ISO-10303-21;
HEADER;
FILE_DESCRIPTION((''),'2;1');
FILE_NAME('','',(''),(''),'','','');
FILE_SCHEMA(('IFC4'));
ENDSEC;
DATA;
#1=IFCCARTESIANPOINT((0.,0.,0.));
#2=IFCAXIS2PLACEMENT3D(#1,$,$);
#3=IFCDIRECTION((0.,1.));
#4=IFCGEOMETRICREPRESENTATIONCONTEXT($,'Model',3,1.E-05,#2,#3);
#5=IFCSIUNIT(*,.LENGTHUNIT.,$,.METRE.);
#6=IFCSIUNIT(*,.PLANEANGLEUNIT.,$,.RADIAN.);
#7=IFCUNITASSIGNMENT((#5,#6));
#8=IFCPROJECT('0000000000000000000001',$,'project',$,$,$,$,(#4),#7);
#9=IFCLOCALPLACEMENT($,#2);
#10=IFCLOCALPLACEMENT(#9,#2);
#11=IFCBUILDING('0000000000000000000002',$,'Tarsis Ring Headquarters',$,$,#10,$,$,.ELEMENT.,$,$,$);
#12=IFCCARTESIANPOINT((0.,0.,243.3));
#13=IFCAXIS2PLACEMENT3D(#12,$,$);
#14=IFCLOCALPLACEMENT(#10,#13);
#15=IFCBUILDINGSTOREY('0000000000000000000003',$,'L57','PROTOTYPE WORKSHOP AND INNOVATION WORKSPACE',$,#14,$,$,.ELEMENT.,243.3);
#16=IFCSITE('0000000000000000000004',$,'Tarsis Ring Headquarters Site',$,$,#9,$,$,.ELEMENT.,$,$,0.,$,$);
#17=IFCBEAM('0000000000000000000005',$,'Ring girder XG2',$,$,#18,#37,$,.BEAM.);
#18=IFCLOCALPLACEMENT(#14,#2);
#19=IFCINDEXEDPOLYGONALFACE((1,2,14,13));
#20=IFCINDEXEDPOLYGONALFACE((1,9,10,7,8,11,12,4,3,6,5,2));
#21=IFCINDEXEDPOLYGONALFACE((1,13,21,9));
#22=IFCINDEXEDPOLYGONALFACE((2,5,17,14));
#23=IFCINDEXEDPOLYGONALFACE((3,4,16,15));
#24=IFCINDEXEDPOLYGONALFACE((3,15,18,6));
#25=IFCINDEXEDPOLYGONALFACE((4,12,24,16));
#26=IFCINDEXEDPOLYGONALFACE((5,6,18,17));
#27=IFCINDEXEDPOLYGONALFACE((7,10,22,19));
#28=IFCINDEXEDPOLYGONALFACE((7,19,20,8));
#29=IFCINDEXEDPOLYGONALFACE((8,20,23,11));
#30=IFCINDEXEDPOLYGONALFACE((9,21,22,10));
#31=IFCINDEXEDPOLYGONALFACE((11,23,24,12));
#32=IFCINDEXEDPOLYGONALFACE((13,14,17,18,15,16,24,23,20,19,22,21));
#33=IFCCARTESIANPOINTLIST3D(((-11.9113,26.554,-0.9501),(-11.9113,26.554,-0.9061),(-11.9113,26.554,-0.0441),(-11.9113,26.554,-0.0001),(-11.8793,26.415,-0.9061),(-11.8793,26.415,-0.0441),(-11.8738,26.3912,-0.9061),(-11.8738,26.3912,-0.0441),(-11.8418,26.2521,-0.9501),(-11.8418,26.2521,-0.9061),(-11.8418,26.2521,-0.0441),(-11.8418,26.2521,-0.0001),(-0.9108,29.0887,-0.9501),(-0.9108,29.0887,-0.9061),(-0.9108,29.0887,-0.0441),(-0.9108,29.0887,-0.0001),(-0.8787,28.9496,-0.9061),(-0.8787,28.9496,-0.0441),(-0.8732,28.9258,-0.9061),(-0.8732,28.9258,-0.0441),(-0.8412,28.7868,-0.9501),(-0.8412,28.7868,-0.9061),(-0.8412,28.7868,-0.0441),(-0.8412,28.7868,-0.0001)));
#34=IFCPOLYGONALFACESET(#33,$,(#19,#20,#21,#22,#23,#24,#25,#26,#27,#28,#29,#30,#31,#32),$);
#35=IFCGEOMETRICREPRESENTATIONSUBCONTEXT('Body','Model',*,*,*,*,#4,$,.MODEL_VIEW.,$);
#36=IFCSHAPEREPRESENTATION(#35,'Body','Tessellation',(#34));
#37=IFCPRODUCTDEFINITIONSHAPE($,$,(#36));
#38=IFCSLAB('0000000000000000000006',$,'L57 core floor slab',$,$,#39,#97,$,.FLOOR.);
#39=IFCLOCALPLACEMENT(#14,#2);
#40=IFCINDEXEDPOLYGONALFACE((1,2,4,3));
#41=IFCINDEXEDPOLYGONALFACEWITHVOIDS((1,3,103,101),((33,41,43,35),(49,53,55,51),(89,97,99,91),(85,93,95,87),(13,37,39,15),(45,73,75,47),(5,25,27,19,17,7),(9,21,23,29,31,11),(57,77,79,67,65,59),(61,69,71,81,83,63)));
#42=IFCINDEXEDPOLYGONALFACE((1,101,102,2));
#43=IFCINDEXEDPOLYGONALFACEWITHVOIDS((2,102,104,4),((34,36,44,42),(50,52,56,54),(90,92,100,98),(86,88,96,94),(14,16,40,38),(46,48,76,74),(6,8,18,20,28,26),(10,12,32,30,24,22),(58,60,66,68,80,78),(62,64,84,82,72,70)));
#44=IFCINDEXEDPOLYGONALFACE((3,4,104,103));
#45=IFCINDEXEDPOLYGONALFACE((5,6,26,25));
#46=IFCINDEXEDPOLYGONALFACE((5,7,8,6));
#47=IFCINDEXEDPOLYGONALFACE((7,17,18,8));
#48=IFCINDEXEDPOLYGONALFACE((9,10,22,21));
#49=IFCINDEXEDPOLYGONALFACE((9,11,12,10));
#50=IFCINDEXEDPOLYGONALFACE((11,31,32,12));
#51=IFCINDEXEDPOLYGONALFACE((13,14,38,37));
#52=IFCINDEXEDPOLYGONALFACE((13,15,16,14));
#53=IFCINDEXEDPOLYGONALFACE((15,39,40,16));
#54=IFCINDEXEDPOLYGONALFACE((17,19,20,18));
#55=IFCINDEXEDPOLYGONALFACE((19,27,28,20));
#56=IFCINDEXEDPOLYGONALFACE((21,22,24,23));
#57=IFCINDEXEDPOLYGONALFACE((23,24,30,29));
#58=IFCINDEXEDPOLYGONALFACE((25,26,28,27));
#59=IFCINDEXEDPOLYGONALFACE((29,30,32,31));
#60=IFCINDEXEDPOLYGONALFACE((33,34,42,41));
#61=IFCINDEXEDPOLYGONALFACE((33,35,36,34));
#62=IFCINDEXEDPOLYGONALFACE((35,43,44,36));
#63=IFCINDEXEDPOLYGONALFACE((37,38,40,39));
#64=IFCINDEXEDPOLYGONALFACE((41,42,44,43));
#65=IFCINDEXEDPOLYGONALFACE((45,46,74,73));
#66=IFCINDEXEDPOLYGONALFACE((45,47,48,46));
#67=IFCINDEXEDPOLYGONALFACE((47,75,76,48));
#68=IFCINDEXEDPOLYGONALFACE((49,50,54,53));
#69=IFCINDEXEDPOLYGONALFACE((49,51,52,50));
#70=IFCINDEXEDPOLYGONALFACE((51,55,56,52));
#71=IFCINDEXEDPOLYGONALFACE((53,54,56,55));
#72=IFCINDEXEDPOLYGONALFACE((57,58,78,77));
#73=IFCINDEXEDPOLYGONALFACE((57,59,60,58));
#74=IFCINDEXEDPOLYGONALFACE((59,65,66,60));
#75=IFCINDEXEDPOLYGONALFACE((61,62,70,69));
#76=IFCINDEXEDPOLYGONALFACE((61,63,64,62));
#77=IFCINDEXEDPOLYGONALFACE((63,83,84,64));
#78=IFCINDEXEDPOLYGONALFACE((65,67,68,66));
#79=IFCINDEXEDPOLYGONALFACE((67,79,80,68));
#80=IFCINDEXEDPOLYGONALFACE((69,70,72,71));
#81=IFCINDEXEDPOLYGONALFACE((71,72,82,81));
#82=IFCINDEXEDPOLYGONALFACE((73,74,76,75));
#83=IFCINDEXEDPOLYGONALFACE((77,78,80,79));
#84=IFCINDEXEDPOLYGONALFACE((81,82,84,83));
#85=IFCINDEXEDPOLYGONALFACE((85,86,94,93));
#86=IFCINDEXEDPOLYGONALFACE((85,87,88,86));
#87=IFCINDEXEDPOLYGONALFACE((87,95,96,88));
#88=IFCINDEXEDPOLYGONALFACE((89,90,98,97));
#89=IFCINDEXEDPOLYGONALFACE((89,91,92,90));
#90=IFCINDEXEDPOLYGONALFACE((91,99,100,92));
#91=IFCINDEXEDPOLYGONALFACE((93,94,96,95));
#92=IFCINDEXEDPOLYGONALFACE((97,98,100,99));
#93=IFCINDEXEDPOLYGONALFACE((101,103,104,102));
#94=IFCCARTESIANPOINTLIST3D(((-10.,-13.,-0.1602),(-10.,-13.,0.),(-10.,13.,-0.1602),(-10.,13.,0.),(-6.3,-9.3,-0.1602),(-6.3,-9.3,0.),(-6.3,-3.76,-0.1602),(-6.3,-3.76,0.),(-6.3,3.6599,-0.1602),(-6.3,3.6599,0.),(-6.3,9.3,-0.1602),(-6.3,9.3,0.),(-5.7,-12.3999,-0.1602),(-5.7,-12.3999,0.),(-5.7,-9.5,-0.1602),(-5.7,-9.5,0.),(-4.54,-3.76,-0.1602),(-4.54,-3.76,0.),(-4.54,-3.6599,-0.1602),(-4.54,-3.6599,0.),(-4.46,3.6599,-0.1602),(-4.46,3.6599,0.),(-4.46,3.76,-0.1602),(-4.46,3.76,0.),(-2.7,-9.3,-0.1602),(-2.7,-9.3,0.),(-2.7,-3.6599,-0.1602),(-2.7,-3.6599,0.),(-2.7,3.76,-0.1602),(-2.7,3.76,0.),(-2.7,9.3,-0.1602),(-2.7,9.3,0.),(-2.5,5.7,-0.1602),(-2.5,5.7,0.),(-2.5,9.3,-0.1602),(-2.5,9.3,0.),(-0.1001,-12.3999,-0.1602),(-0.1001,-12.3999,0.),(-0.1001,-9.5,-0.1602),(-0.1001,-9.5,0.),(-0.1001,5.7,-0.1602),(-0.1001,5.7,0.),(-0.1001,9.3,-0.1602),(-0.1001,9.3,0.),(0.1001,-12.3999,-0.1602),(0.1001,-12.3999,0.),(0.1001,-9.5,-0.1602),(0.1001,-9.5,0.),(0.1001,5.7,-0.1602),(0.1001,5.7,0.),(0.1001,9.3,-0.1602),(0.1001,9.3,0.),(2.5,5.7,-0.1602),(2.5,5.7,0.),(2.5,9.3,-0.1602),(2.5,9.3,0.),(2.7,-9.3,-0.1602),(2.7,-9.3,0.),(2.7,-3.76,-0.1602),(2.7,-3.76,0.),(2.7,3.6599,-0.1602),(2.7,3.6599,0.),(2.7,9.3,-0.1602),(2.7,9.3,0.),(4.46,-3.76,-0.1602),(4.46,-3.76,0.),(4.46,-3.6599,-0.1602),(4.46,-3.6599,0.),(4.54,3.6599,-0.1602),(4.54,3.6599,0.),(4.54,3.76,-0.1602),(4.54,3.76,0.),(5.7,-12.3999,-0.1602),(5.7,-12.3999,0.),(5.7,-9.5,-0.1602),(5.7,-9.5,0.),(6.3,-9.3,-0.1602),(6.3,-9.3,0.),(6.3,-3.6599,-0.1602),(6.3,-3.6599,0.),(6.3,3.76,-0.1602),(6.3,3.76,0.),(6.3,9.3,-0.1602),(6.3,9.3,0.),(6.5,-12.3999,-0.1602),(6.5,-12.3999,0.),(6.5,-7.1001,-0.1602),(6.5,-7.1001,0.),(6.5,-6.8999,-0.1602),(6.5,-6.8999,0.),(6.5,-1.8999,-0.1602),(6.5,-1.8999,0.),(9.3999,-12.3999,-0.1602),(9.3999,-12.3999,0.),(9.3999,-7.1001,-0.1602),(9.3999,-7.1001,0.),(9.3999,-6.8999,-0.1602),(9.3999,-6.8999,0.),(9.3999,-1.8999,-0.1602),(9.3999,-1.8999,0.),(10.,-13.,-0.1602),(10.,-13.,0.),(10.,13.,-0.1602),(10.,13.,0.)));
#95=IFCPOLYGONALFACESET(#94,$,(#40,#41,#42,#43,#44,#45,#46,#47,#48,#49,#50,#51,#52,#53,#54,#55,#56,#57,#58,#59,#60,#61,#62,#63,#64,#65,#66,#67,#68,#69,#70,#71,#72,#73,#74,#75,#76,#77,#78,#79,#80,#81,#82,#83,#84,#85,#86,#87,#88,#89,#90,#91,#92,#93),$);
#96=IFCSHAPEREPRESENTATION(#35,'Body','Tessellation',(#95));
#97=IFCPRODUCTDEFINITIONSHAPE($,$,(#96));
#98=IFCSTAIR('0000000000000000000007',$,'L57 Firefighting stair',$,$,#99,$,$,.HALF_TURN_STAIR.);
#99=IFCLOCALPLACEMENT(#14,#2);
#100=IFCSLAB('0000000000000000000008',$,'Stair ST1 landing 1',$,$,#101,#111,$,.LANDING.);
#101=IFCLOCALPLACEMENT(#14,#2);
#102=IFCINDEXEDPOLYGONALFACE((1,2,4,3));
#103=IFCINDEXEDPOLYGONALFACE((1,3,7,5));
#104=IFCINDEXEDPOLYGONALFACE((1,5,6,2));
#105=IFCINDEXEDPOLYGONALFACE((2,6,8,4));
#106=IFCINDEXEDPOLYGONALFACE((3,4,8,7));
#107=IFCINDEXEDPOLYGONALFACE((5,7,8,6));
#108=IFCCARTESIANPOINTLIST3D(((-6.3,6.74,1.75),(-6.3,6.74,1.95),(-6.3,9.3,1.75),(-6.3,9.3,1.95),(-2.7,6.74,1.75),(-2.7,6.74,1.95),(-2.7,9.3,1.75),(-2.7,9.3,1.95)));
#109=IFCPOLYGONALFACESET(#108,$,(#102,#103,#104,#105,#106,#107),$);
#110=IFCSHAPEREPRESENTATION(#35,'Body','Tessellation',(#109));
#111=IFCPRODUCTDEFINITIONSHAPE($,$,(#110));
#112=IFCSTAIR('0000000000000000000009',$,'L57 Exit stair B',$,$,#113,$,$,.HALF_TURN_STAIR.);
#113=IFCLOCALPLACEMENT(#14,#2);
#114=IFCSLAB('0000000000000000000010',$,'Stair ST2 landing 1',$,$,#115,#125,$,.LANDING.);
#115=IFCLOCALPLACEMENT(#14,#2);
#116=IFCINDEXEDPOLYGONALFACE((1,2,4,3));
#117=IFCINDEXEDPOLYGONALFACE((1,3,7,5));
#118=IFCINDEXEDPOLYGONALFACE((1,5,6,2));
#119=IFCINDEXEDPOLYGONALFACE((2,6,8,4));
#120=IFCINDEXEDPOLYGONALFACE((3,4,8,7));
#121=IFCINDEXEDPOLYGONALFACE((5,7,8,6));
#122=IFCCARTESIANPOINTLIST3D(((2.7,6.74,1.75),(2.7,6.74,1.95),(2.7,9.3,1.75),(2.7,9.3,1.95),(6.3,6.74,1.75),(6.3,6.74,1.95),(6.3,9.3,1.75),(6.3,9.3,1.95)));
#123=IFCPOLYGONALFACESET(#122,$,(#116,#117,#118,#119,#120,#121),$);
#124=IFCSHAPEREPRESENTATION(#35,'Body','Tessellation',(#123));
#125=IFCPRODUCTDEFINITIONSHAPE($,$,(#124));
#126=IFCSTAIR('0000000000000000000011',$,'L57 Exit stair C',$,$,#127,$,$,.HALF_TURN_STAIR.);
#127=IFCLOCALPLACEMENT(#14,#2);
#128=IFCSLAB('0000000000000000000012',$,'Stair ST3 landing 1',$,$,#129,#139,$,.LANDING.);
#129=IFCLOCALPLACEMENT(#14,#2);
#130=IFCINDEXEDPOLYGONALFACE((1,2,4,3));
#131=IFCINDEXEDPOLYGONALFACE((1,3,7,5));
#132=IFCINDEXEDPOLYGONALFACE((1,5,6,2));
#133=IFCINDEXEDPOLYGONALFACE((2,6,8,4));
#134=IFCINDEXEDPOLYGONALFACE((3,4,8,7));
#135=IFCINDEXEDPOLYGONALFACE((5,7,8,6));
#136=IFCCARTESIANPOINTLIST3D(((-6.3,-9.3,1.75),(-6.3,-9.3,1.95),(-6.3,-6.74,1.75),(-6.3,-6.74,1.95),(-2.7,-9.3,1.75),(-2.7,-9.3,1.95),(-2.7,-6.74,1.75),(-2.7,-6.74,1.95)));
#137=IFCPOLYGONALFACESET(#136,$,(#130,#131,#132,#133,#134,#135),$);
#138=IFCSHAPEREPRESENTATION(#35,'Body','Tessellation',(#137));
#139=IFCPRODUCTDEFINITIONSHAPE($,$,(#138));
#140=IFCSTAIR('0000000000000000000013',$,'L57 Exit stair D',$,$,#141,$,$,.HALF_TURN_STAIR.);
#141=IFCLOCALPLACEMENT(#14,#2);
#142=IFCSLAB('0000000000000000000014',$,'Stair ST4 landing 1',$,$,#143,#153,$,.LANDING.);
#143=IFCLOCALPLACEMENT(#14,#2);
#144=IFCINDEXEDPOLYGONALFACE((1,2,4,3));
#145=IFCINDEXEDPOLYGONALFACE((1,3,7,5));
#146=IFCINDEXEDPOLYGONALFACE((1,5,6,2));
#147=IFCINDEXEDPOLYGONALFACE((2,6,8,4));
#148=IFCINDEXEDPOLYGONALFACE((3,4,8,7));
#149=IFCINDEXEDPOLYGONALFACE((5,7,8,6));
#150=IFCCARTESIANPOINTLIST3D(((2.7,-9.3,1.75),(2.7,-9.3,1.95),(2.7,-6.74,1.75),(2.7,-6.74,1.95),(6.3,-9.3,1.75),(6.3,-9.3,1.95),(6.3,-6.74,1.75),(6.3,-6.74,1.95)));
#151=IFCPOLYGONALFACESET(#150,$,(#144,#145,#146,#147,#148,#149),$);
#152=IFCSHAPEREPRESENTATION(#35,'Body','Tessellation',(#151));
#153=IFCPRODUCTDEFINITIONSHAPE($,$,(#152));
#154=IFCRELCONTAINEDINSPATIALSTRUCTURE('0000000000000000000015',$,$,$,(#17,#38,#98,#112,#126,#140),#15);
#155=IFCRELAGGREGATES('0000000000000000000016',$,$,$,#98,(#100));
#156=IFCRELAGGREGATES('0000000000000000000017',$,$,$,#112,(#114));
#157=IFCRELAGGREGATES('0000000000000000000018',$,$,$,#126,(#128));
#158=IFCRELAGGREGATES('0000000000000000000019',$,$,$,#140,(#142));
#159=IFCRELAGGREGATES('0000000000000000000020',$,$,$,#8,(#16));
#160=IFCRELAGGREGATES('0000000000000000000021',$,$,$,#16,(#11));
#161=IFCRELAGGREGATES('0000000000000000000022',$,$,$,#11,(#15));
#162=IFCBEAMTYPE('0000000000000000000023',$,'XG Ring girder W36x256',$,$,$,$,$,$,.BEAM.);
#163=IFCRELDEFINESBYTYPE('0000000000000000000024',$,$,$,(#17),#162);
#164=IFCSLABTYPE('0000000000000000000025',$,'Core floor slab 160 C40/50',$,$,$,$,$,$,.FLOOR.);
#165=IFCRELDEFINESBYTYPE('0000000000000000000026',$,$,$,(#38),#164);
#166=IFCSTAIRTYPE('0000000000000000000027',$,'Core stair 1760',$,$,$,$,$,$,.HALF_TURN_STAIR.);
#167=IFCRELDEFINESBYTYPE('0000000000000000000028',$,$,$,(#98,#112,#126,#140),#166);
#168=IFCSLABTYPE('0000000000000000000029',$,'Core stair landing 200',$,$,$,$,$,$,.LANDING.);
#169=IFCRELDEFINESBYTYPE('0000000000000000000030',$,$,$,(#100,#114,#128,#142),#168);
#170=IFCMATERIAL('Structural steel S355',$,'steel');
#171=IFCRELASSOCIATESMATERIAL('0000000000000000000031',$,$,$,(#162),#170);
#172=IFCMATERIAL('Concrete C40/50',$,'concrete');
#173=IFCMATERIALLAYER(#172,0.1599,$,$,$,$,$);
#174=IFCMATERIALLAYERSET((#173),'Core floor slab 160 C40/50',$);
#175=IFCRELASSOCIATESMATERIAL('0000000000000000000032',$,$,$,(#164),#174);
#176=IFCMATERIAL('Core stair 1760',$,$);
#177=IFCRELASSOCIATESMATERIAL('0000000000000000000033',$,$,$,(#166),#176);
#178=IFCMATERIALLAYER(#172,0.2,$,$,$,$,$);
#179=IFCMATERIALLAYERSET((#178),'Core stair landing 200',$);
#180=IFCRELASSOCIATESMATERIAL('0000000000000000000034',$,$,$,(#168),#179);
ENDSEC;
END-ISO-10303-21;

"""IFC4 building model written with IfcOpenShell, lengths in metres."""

from ifc_helpers import new_model, si_unit, direction, frame, origin, origin_2d, place, context, subcontext, project, spatial, polyline, i_section, outline, extrude, material, layer, layer_set, material_profile, profile_set, type_object, element, aggregate, save


model = new_model("IFC4")

# Units and contexts
model_context = context("Model", 3, precision=1e-05, world=origin(), true_north=direction((0.0, 1.0)))
body_context = subcontext(model_context, "Body", "Model", "MODEL_VIEW")
ifc_project = project(units=[si_unit("LENGTHUNIT", "METRE"), si_unit("PLANEANGLEUNIT", "RADIAN")], contexts=[model_context])

# Site, building, storey
site_placement = place(None, origin())
site = spatial("IfcSite", under=ifc_project, at=site_placement, Name="Tarsis Ring Headquarters Site", CompositionType="ELEMENT", RefElevation=0.0)
building_placement = place(site_placement, origin())
building = spatial("IfcBuilding", under=site, at=building_placement, Name="Tarsis Ring Headquarters", CompositionType="ELEMENT")
storey_placement = place(building_placement, frame((0.0, 0.0, 243.3)))
storey = spatial("IfcBuildingStorey", under=building, at=storey_placement, Name="L57", Description="PROTOTYPE WORKSHOP AND INNOVATION WORKSPACE", CompositionType="ELEMENT", Elevation=243.3)

# Shared definitions
ifc_material_1 = material(Name="Structural steel S355", Category="steel")

# Beam
ifc_material_2 = material(Name="Concrete C40/50", Category="concrete")
ifc_material_profile_1 = material_profile(ifc_material_1, i_section(OverallWidth=0.3098, OverallDepth=0.95, WebThickness=0.0244, FlangeThickness=0.0439, at=origin_2d()), Name="W36x256")
ifc_profile_set_1 = profile_set([ifc_material_profile_1], Name="Structural steel S355")
beam_type_1 = type_object("IfcBeamType", Name="XG Ring girder W36x256", PredefinedType="BEAM", material=ifc_profile_set_1)
beam_1_placement = place(storey_placement, frame((-0.876, 28.9377, -0.4751), z_axis=(-0.974467, -0.224531, 0.0), x_axis=(0.224531, -0.974467, 0.0)))
element("IfcBeam", 1, at=beam_1_placement, inside=storey, type_object=beam_type_1, Name="Ring girder XG2", PredefinedType="BEAM", context=body_context, shape_type="SweptSolid", body=[
    extrude(i_section(OverallWidth=0.3098, OverallDepth=0.95, WebThickness=0.0244, FlangeThickness=0.0439, at=origin_2d()), origin(), (0.0, 0.0, 1.0), 11.2888),
])

# Slab
ifc_layer_1 = layer(ifc_material_2, 0.1599)
ifc_layer_set_1 = layer_set([ifc_layer_1], Name="Core floor slab 160 C40/50")
slab_type_1 = type_object("IfcSlabType", Name="Core floor slab 160 C40/50", PredefinedType="FLOOR", material=ifc_layer_set_1)
slab_1_placement = place(storey_placement, frame((0.0, 0.0, -0.1602)))
element("IfcSlab", 2, at=slab_1_placement, inside=storey, type_object=slab_type_1, Name="L57 core floor slab", PredefinedType="FLOOR", context=body_context, shape_type="SweptSolid", body=[
    extrude(outline(polyline([(-10.0, -13.0), (10.0, -13.0), (10.0, 13.0), (-10.0, 13.0), (-10.0, -13.0)]), holes=[polyline([(-2.5, 5.7), (-0.1001, 5.7), (-0.1001, 9.3), (-2.5, 9.3), (-2.5, 5.7)]), polyline([(0.1001, 5.7), (2.5, 5.7), (2.5, 9.3), (0.1001, 9.3), (0.1001, 5.7)]), polyline([(6.5, -12.3999), (9.3999, -12.3999), (9.3999, -7.1001), (6.5, -7.1001), (6.5, -12.3999)]), polyline([(6.5, -6.8999), (9.3999, -6.8999), (9.3999, -1.8999), (6.5, -1.8999), (6.5, -6.8999)]), polyline([(-5.7, -12.3999), (-0.1001, -12.3999), (-0.1001, -9.5), (-5.7, -9.5), (-5.7, -12.3999)]), polyline([(0.1001, -12.3999), (5.7, -12.3999), (5.7, -9.5), (0.1001, -9.5), (0.1001, -12.3999)]), polyline([(-2.7, 3.76), (-2.7, 9.3), (-6.3, 9.3), (-6.3, 3.6599), (-4.46, 3.6599), (-4.46, 3.76), (-2.7, 3.76)]), polyline([(6.3, 3.76), (6.3, 9.3), (2.7, 9.3), (2.7, 3.6599), (4.54, 3.6599), (4.54, 3.76), (6.3, 3.76)]), polyline([(-6.3, -3.76), (-6.3, -9.3), (-2.7, -9.3), (-2.7, -3.6599), (-4.54, -3.6599), (-4.54, -3.76), (-6.3, -3.76)]), polyline([(2.7, -3.76), (2.7, -9.3), (6.3, -9.3), (6.3, -3.6599), (4.46, -3.6599), (4.46, -3.76), (2.7, -3.76)])]), origin(), (0.0, 0.0, 1.0), 0.1602),
])

# Stairs, slabs
ifc_material_3 = material(Name="Core stair 1760")
stair_type = type_object("IfcStairType", Name="Core stair 1760", PredefinedType="HALF_TURN_STAIR", material=ifc_material_3)
stair_1_placement = place(storey_placement, origin())
stair_1 = element("IfcStair", 3, at=stair_1_placement, inside=storey, type_object=stair_type, Name="L57 Firefighting stair", PredefinedType="HALF_TURN_STAIR")
ifc_layer_2 = layer(ifc_material_2, 0.2)
ifc_layer_set_2 = layer_set([ifc_layer_2], Name="Core stair landing 200")
slab_type_2 = type_object("IfcSlabType", Name="Core stair landing 200", PredefinedType="LANDING", material=ifc_layer_set_2)
slab_2_placement = place(storey_placement, frame((0.0, 0.0, 1.75)))
slab_2 = element("IfcSlab", 4, at=slab_2_placement, type_object=slab_type_2, Name="Stair ST1 landing 1", PredefinedType="LANDING", context=body_context, shape_type="SweptSolid", body=[
    extrude(outline(polyline([(-2.7, 6.74), (-2.7, 9.3), (-6.3, 9.3), (-6.3, 6.74), (-2.7, 6.74)])), origin(), (0.0, 0.0, 1.0), 0.2),
])
aggregate(stair_1, [slab_2])
stair_2_placement = place(storey_placement, origin())
stair_2 = element("IfcStair", 5, at=stair_2_placement, inside=storey, type_object=stair_type, Name="L57 Exit stair B", PredefinedType="HALF_TURN_STAIR")
slab_3_placement = place(storey_placement, frame((0.0, 0.0, 1.75)))
slab_3 = element("IfcSlab", 6, at=slab_3_placement, type_object=slab_type_2, Name="Stair ST2 landing 1", PredefinedType="LANDING", context=body_context, shape_type="SweptSolid", body=[
    extrude(outline(polyline([(6.3, 6.74), (6.3, 9.3), (2.7, 9.3), (2.7, 6.74), (6.3, 6.74)])), origin(), (0.0, 0.0, 1.0), 0.2),
])
aggregate(stair_2, [slab_3])
stair_3_placement = place(storey_placement, origin())
stair_3 = element("IfcStair", 7, at=stair_3_placement, inside=storey, type_object=stair_type, Name="L57 Exit stair C", PredefinedType="HALF_TURN_STAIR")
slab_4_placement = place(storey_placement, frame((0.0, 0.0, 1.75)))
slab_4 = element("IfcSlab", 8, at=slab_4_placement, type_object=slab_type_2, Name="Stair ST3 landing 1", PredefinedType="LANDING", context=body_context, shape_type="SweptSolid", body=[
    extrude(outline(polyline([(-6.3, -6.74), (-6.3, -9.3), (-2.7, -9.3), (-2.7, -6.74), (-6.3, -6.74)])), origin(), (0.0, 0.0, 1.0), 0.2),
])
aggregate(stair_3, [slab_4])
stair_4_placement = place(storey_placement, origin())
stair_4 = element("IfcStair", 9, at=stair_4_placement, inside=storey, type_object=stair_type, Name="L57 Exit stair D", PredefinedType="HALF_TURN_STAIR")
slab_5_placement = place(storey_placement, frame((0.0, 0.0, 1.75)))
slab_5 = element("IfcSlab", 10, at=slab_5_placement, type_object=slab_type_2, Name="Stair ST4 landing 1", PredefinedType="LANDING", context=body_context, shape_type="SweptSolid", body=[
    extrude(outline(polyline([(2.7, -6.74), (2.7, -9.3), (6.3, -9.3), (6.3, -6.74), (2.7, -6.74)])), origin(), (0.0, 0.0, 1.0), 0.2),
])
aggregate(stair_4, [slab_5])

save(model, "model.ifc")
